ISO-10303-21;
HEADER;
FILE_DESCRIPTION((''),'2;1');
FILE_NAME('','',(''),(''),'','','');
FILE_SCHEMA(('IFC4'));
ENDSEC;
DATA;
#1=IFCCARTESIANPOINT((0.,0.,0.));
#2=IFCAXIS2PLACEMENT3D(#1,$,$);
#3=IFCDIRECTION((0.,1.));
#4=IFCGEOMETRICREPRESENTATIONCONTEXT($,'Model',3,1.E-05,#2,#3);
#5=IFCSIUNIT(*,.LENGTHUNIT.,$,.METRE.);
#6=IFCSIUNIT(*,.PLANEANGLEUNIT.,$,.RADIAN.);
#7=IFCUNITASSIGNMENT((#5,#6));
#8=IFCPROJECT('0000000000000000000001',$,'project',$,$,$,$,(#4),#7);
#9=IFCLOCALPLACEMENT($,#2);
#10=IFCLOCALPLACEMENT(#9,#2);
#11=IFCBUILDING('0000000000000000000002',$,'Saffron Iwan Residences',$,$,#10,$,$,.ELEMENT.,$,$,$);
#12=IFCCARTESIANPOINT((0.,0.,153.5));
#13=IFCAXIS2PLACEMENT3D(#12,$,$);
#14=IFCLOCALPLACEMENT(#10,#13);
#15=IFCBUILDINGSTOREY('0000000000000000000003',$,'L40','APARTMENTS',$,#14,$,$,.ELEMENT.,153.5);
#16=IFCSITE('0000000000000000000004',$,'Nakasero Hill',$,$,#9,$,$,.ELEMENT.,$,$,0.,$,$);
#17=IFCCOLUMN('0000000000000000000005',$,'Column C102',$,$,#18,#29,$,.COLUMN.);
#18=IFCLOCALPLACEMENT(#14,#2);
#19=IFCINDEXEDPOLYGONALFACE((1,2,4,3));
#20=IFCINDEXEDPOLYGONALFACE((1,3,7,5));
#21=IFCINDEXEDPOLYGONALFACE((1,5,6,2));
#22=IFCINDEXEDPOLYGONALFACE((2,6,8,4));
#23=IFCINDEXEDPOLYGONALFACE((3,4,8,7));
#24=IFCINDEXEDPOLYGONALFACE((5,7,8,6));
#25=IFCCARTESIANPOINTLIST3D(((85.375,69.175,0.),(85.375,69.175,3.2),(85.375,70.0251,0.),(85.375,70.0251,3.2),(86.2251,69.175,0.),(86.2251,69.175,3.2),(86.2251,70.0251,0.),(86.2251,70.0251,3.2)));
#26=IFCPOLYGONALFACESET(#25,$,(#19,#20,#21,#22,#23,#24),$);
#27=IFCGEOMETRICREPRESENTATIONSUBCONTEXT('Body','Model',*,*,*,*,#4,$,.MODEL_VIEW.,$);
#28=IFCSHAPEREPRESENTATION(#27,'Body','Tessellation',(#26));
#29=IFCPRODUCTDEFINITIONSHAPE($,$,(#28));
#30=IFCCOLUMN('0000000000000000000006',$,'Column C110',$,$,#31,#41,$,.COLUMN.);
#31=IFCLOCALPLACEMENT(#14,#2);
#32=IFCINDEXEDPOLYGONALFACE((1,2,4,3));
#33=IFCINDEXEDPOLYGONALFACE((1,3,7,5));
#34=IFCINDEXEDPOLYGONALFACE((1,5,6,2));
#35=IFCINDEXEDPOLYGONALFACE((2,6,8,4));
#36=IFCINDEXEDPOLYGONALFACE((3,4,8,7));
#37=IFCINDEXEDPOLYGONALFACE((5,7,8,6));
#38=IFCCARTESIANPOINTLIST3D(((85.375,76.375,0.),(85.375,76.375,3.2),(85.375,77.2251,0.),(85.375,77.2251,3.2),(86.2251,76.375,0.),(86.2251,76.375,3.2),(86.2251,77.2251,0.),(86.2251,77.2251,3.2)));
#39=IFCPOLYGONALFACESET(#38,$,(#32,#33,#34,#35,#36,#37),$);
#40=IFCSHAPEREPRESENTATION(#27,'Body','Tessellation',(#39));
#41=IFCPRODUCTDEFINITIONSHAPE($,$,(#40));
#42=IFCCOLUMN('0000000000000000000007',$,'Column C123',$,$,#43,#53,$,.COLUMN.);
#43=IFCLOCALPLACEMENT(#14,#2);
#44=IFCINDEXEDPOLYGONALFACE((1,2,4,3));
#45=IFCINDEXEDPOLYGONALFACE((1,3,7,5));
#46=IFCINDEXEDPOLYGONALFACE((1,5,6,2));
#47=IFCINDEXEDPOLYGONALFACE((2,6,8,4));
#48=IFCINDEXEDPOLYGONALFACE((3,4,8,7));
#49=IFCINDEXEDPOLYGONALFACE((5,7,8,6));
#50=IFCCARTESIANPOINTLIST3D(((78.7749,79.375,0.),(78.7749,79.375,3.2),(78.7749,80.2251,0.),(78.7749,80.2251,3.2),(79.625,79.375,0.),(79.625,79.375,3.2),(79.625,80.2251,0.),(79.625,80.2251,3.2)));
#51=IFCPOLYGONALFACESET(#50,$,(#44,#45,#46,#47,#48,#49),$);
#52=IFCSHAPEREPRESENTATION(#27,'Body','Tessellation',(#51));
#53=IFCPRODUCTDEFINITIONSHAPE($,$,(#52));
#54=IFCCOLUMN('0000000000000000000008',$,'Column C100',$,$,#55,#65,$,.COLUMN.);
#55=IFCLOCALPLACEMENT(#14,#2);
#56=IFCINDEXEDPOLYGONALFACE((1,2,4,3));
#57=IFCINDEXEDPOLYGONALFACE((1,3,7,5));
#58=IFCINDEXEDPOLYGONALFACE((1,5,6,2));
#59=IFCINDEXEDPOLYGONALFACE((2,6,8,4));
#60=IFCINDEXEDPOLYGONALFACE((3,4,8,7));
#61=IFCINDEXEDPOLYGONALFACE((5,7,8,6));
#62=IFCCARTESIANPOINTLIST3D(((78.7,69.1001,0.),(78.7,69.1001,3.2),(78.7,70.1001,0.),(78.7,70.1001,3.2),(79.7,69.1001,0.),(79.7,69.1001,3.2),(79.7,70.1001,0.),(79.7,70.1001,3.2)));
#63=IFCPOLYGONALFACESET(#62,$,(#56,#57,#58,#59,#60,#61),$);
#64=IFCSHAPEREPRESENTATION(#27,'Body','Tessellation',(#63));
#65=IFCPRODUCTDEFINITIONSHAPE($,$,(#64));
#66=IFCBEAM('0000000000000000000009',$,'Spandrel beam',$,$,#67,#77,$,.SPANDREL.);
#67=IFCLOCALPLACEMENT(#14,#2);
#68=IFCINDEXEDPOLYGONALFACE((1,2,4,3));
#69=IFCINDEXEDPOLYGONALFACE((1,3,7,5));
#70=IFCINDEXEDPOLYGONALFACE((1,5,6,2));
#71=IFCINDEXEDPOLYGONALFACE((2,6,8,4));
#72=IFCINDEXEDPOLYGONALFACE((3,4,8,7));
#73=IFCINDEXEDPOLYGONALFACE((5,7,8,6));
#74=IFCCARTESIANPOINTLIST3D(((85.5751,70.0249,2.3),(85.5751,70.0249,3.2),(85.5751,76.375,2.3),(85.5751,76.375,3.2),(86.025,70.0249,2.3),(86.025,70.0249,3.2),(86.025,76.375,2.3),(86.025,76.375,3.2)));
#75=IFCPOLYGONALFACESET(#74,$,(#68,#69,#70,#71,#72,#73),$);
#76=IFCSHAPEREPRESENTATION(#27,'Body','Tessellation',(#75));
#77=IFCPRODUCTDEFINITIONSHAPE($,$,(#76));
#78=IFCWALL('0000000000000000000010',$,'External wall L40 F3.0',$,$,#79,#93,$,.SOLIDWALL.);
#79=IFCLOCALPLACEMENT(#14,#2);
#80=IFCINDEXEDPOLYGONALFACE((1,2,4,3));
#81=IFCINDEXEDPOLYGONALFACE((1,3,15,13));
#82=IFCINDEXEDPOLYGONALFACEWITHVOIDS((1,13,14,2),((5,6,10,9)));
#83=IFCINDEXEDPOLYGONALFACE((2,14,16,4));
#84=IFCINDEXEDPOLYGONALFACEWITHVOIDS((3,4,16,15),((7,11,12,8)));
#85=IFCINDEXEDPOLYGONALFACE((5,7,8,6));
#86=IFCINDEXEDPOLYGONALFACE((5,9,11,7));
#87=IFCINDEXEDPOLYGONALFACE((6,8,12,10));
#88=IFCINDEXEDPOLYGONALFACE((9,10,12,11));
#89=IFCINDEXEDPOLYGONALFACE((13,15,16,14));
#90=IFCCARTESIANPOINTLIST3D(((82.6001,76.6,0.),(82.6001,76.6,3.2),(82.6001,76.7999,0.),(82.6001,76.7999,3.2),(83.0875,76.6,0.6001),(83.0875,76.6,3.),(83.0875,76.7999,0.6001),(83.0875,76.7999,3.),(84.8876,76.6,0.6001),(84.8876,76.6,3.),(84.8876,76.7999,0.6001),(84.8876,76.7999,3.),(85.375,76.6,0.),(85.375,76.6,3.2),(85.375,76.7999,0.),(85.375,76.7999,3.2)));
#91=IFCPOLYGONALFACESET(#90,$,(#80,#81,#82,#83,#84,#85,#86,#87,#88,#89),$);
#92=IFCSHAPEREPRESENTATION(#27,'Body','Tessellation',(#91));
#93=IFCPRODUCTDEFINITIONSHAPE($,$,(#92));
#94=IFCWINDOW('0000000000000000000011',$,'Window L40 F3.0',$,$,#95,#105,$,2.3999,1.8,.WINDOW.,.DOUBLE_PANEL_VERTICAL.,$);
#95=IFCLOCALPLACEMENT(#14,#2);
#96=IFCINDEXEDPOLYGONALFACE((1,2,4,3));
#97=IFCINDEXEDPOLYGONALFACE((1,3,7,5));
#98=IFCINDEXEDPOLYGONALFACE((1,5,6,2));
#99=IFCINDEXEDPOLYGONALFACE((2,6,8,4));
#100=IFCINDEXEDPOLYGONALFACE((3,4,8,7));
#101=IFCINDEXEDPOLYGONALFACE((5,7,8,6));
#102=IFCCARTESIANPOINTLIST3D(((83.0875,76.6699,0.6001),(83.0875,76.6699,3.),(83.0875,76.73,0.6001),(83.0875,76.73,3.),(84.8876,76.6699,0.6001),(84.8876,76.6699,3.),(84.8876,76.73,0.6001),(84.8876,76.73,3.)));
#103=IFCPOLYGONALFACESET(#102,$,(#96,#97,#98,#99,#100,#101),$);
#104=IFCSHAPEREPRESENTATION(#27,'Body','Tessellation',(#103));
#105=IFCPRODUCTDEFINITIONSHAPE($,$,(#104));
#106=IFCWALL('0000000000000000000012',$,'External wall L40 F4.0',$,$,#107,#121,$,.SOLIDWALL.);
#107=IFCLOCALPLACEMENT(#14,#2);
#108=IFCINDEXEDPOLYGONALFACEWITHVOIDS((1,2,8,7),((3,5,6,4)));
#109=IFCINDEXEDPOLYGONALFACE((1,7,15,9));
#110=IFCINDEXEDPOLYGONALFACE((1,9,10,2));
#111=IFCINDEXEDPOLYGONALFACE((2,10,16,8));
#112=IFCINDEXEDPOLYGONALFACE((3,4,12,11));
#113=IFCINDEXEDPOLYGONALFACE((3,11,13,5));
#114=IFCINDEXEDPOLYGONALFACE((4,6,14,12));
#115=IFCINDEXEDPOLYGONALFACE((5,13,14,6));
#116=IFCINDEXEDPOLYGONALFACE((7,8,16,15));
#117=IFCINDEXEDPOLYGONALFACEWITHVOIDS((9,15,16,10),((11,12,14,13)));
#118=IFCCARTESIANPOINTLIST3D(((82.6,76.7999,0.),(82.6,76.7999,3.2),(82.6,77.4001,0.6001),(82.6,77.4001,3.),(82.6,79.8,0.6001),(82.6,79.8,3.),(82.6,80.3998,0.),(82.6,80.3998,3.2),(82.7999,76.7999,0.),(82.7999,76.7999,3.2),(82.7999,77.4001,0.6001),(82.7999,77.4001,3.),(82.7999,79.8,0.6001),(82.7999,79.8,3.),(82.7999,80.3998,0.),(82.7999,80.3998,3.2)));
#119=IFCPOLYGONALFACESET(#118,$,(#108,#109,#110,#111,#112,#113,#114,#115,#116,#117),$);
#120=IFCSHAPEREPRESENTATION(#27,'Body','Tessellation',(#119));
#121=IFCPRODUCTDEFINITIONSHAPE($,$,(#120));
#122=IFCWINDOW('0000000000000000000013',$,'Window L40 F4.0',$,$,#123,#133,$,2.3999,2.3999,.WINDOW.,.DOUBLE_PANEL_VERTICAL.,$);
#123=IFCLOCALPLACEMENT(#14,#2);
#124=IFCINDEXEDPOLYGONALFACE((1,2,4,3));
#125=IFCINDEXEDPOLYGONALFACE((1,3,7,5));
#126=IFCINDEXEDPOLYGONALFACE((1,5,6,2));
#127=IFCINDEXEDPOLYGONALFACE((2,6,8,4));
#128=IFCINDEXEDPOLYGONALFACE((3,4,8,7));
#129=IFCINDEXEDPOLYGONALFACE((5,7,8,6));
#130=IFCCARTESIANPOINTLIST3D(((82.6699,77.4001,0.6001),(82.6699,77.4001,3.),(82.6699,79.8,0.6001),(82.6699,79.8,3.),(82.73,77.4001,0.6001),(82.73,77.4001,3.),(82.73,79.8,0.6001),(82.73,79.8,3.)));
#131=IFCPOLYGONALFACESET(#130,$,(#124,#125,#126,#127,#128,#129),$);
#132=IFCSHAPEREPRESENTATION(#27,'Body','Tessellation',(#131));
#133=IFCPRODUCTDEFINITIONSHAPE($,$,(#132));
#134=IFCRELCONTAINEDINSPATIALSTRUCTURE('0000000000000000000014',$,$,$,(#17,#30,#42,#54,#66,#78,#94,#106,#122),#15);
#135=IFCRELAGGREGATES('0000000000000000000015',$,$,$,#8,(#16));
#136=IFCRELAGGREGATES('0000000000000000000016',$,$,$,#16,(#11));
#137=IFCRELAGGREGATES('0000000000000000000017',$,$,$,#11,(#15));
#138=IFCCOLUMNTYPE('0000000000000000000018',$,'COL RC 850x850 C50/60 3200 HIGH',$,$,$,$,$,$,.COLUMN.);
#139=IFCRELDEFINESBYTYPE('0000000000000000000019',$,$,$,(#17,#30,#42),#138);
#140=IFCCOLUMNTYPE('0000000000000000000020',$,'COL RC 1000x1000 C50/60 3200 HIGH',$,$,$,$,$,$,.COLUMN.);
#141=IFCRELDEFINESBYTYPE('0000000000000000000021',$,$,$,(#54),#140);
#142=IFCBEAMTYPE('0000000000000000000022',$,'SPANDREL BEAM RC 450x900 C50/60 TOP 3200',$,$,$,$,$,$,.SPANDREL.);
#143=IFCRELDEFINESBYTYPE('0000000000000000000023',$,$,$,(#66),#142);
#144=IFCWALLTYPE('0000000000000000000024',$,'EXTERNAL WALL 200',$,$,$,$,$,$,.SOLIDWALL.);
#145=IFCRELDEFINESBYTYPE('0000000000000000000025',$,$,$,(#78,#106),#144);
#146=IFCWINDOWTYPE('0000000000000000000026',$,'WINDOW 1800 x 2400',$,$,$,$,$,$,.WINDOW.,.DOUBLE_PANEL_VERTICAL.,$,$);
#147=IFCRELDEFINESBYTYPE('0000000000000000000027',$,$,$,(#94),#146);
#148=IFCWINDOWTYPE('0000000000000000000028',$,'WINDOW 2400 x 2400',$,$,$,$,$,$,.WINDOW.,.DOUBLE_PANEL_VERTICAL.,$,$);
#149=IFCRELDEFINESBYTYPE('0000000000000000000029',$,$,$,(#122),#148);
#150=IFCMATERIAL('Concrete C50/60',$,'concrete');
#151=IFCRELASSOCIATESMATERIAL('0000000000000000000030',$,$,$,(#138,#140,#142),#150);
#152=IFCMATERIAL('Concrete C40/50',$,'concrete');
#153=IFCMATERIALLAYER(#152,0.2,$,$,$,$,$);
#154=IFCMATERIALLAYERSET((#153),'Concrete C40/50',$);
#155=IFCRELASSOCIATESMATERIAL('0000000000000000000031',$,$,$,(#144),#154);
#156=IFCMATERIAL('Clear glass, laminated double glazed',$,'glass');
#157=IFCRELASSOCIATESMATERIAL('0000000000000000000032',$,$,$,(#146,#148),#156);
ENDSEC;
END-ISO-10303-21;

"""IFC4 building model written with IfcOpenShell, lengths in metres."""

from ifc_helpers import new_model, si_unit, direction, frame, frame_2d, origin, origin_2d, place, context, subcontext, project, spatial, rectangle, extrude, source, transform, mapped, material, layer, layer_set, material_profile, profile_set, type_object, element, fill, save


model = new_model("IFC4")

# Units and contexts
model_context = context("Model", 3, precision=1e-05, world=origin(), true_north=direction((0.0, 1.0)))
body_context = subcontext(model_context, "Body", "Model", "MODEL_VIEW")
ifc_project = project(units=[si_unit("LENGTHUNIT", "METRE"), si_unit("PLANEANGLEUNIT", "RADIAN")], contexts=[model_context])

# Site, building, storey
site_placement = place(None, origin())
site = spatial("IfcSite", under=ifc_project, at=site_placement, Name="Nakasero Hill", CompositionType="ELEMENT", RefElevation=0.0)
building_placement = place(site_placement, origin())
building = spatial("IfcBuilding", under=site, at=building_placement, Name="Saffron Iwan Residences", CompositionType="ELEMENT")
storey_placement = place(building_placement, frame((0.0, 0.0, 153.5)))
storey = spatial("IfcBuildingStorey", under=building, at=storey_placement, Name="L40", Description="APARTMENTS", CompositionType="ELEMENT", Elevation=153.5)

# Columns
ifc_material_1 = material(Name="Concrete C50/60", Category="concrete")
ifc_material_profile_1 = material_profile(ifc_material_1, rectangle(XDim=0.8501, YDim=0.8501, at=origin_2d()), Name="RC 850x850")
ifc_profile_set_1 = profile_set([ifc_material_profile_1], Name="Concrete C50/60")
column_type_1 = type_object("IfcColumnType", Name="COL RC 850x850 C50/60 3200 HIGH", PredefinedType="COLUMN", material=ifc_profile_set_1)
shared_shape_1 = source(origin(), body_context, "Body", "SweptSolid", [
    extrude(rectangle(XDim=0.8501, YDim=0.8501, at=origin_2d()), origin(), (0.0, 0.0, 1.0), 3.2),
])
for number, where, z_axis, x_axis, name in (
    (1, (85.8, 69.6001, 0.0), (0.0, 0.0, 1.0), (1.0, 0.0, 0.0), "Column C102"),
    (2, (85.8, 76.8, 0.0), (0.0, 0.0, 1.0), (1.0, 0.0, 0.0), "Column C110"),
    (3, (79.2, 79.8, 0.0), (0.0, 0.0, 1.0), (1.0, 0.0, 0.0), "Column C123"),
):
    element("IfcColumn", number, at=place(storey_placement, frame(where, z_axis=z_axis, x_axis=x_axis)), inside=storey, type_object=column_type_1, Name=name, PredefinedType="COLUMN", context=body_context, shape_type="MappedRepresentation", body=[
        mapped(shared_shape_1, transform((0.0, 0.0, 0.0))),
    ])
ifc_material_profile_2 = material_profile(ifc_material_1, rectangle(XDim=1.0, YDim=1.0, at=origin_2d()), Name="RC 1000x1000")
ifc_profile_set_2 = profile_set([ifc_material_profile_2], Name="Concrete C50/60")
column_type_2 = type_object("IfcColumnType", Name="COL RC 1000x1000 C50/60 3200 HIGH", PredefinedType="COLUMN", material=ifc_profile_set_2)
shared_shape_2 = source(origin(), body_context, "Body", "SweptSolid", [
    extrude(rectangle(XDim=1.0, YDim=1.0, at=origin_2d()), origin(), (0.0, 0.0, 1.0), 3.2),
])
column_placement = place(storey_placement, frame((79.2, 69.6001, 0.0), z_axis=(0.0, 0.0, 1.0), x_axis=(1.0, 0.0, 0.0)))
element("IfcColumn", 4, at=column_placement, inside=storey, type_object=column_type_2, Name="Column C100", PredefinedType="COLUMN", context=body_context, shape_type="MappedRepresentation", body=[
    mapped(shared_shape_2, transform((0.0, 0.0, 0.0))),
])

# Beam
ifc_material_profile_3 = material_profile(ifc_material_1, rectangle(XDim=0.45, YDim=0.8999, at=origin_2d()), Name="RC 450x900")
ifc_profile_set_3 = profile_set([ifc_material_profile_3], Name="Concrete C50/60")
beam_type = type_object("IfcBeamType", Name="SPANDREL BEAM RC 450x900 C50/60 TOP 3200", PredefinedType="SPANDREL", material=ifc_profile_set_3)
shared_shape_3 = source(origin(), body_context, "Body", "SweptSolid", [
    extrude(rectangle(XDim=0.45, YDim=0.8999, at=origin_2d()), origin(), (0.0, 0.0, 1.0), 6.3501),
])
beam_placement = place(storey_placement, frame((85.8, 76.375, 2.75), z_axis=(0.0, -1.0, 0.0), x_axis=(1.0, 0.0, 0.0)))
element("IfcBeam", 5, at=beam_placement, inside=storey, type_object=beam_type, Name="Spandrel beam", PredefinedType="SPANDREL", context=body_context, shape_type="MappedRepresentation", body=[
    mapped(shared_shape_3, transform((0.0, 0.0, 0.0))),
])

# Walls, openings, windows
ifc_material_2 = material(Name="Concrete C40/50", Category="concrete")
ifc_layer_1 = layer(ifc_material_2, 0.2)
ifc_layer_set_1 = layer_set([ifc_layer_1], Name="Concrete C40/50")
wall_type_1 = type_object("IfcWallType", Name="EXTERNAL WALL 200", PredefinedType="SOLIDWALL", material=ifc_layer_set_1)
wall_1_placement = place(storey_placement, frame((85.375, 76.7, 0.0), z_axis=(0.0, 0.0, 1.0), x_axis=(-1.0, 0.0, 0.0)))
wall_1 = element("IfcWall", 6, at=wall_1_placement, inside=storey, type_object=wall_type_1, Name="External wall L40 F3.0", PredefinedType="SOLIDWALL", context=body_context, shape_type="SweptSolid", body=[
    extrude(rectangle(XDim=2.7749, YDim=0.2, at=frame_2d((1.3875, 0.0))), origin(), (0.0, 0.0, 1.0), 3.2),
])
opening_1_placement = place(wall_1_placement, frame((0.4875, 0.0, 0.6001)))
opening_1 = element("IfcOpeningElement", 7, at=opening_1_placement, cuts=wall_1, PredefinedType="OPENING", context=body_context, shape_type="SweptSolid", body=[
    extrude(rectangle(XDim=1.8, YDim=2.3999, at=frame_2d((0.8999, 1.2))), frame((0.0, 0.1099, 0.0), z_axis=(0.0, -1.0, 0.0), x_axis=(1.0, 0.0, 0.0)), (0.0, 0.0, 1.0), 0.22),
])
ifc_material_3 = material(Name="Clear glass, laminated double glazed", Category="glass")
window_type_1 = type_object("IfcWindowType", Name="WINDOW 1800 x 2400", PartitioningType="DOUBLE_PANEL_VERTICAL", PredefinedType="WINDOW", material=ifc_material_3)
window_1_placement = place(opening_1_placement, origin())
window_1 = element("IfcWindow", 8, at=window_1_placement, inside=storey, type_object=window_type_1, Name="Window L40 F3.0", OverallHeight=2.3999, OverallWidth=1.8, PartitioningType="DOUBLE_PANEL_VERTICAL", PredefinedType="WINDOW", context=body_context, shape_type="SweptSolid", body=[
    extrude(rectangle(XDim=1.8, YDim=2.3999, at=frame_2d((0.8999, 1.2))), frame((0.0, 0.03, 0.0), z_axis=(0.0, -1.0, 0.0), x_axis=(1.0, 0.0, 0.0)), (0.0, 0.0, 1.0), 0.0601),
])
fill(opening_1, window_1)
wall_2_placement = place(storey_placement, frame((82.7, 76.8, 0.0), z_axis=(0.0, 0.0, 1.0), x_axis=(0.0, 1.0, 0.0)))
wall_2 = element("IfcWall", 9, at=wall_2_placement, inside=storey, type_object=wall_type_1, Name="External wall L40 F4.0", PredefinedType="SOLIDWALL", context=body_context, shape_type="SweptSolid", body=[
    extrude(rectangle(XDim=3.5999, YDim=0.2, at=frame_2d((1.7998, 0.0))), origin(), (0.0, 0.0, 1.0), 3.2),
])
opening_2_placement = place(wall_2_placement, frame((0.6001, 0.0, 0.6001)))
opening_2 = element("IfcOpeningElement", 10, at=opening_2_placement, cuts=wall_2, PredefinedType="OPENING", context=body_context, shape_type="SweptSolid", body=[
    extrude(rectangle(XDim=2.3999, YDim=2.3999, at=frame_2d((1.2, 1.2))), frame((0.0, 0.1099, 0.0), z_axis=(0.0, -1.0, 0.0), x_axis=(1.0, 0.0, 0.0)), (0.0, 0.0, 1.0), 0.22),
])
window_type_2 = type_object("IfcWindowType", Name="WINDOW 2400 x 2400", PartitioningType="DOUBLE_PANEL_VERTICAL", PredefinedType="WINDOW", material=ifc_material_3)
window_2_placement = place(opening_2_placement, origin())
window_2 = element("IfcWindow", 11, at=window_2_placement, inside=storey, type_object=window_type_2, Name="Window L40 F4.0", OverallHeight=2.3999, OverallWidth=2.3999, PartitioningType="DOUBLE_PANEL_VERTICAL", PredefinedType="WINDOW", context=body_context, shape_type="SweptSolid", body=[
    extrude(rectangle(XDim=2.3999, YDim=2.3999, at=frame_2d((1.2, 1.2))), frame((0.0, 0.03, 0.0), z_axis=(0.0, -1.0, 0.0), x_axis=(1.0, 0.0, 0.0)), (0.0, 0.0, 1.0), 0.0601),
])
fill(opening_2, window_2)

save(model, "model.ifc")
